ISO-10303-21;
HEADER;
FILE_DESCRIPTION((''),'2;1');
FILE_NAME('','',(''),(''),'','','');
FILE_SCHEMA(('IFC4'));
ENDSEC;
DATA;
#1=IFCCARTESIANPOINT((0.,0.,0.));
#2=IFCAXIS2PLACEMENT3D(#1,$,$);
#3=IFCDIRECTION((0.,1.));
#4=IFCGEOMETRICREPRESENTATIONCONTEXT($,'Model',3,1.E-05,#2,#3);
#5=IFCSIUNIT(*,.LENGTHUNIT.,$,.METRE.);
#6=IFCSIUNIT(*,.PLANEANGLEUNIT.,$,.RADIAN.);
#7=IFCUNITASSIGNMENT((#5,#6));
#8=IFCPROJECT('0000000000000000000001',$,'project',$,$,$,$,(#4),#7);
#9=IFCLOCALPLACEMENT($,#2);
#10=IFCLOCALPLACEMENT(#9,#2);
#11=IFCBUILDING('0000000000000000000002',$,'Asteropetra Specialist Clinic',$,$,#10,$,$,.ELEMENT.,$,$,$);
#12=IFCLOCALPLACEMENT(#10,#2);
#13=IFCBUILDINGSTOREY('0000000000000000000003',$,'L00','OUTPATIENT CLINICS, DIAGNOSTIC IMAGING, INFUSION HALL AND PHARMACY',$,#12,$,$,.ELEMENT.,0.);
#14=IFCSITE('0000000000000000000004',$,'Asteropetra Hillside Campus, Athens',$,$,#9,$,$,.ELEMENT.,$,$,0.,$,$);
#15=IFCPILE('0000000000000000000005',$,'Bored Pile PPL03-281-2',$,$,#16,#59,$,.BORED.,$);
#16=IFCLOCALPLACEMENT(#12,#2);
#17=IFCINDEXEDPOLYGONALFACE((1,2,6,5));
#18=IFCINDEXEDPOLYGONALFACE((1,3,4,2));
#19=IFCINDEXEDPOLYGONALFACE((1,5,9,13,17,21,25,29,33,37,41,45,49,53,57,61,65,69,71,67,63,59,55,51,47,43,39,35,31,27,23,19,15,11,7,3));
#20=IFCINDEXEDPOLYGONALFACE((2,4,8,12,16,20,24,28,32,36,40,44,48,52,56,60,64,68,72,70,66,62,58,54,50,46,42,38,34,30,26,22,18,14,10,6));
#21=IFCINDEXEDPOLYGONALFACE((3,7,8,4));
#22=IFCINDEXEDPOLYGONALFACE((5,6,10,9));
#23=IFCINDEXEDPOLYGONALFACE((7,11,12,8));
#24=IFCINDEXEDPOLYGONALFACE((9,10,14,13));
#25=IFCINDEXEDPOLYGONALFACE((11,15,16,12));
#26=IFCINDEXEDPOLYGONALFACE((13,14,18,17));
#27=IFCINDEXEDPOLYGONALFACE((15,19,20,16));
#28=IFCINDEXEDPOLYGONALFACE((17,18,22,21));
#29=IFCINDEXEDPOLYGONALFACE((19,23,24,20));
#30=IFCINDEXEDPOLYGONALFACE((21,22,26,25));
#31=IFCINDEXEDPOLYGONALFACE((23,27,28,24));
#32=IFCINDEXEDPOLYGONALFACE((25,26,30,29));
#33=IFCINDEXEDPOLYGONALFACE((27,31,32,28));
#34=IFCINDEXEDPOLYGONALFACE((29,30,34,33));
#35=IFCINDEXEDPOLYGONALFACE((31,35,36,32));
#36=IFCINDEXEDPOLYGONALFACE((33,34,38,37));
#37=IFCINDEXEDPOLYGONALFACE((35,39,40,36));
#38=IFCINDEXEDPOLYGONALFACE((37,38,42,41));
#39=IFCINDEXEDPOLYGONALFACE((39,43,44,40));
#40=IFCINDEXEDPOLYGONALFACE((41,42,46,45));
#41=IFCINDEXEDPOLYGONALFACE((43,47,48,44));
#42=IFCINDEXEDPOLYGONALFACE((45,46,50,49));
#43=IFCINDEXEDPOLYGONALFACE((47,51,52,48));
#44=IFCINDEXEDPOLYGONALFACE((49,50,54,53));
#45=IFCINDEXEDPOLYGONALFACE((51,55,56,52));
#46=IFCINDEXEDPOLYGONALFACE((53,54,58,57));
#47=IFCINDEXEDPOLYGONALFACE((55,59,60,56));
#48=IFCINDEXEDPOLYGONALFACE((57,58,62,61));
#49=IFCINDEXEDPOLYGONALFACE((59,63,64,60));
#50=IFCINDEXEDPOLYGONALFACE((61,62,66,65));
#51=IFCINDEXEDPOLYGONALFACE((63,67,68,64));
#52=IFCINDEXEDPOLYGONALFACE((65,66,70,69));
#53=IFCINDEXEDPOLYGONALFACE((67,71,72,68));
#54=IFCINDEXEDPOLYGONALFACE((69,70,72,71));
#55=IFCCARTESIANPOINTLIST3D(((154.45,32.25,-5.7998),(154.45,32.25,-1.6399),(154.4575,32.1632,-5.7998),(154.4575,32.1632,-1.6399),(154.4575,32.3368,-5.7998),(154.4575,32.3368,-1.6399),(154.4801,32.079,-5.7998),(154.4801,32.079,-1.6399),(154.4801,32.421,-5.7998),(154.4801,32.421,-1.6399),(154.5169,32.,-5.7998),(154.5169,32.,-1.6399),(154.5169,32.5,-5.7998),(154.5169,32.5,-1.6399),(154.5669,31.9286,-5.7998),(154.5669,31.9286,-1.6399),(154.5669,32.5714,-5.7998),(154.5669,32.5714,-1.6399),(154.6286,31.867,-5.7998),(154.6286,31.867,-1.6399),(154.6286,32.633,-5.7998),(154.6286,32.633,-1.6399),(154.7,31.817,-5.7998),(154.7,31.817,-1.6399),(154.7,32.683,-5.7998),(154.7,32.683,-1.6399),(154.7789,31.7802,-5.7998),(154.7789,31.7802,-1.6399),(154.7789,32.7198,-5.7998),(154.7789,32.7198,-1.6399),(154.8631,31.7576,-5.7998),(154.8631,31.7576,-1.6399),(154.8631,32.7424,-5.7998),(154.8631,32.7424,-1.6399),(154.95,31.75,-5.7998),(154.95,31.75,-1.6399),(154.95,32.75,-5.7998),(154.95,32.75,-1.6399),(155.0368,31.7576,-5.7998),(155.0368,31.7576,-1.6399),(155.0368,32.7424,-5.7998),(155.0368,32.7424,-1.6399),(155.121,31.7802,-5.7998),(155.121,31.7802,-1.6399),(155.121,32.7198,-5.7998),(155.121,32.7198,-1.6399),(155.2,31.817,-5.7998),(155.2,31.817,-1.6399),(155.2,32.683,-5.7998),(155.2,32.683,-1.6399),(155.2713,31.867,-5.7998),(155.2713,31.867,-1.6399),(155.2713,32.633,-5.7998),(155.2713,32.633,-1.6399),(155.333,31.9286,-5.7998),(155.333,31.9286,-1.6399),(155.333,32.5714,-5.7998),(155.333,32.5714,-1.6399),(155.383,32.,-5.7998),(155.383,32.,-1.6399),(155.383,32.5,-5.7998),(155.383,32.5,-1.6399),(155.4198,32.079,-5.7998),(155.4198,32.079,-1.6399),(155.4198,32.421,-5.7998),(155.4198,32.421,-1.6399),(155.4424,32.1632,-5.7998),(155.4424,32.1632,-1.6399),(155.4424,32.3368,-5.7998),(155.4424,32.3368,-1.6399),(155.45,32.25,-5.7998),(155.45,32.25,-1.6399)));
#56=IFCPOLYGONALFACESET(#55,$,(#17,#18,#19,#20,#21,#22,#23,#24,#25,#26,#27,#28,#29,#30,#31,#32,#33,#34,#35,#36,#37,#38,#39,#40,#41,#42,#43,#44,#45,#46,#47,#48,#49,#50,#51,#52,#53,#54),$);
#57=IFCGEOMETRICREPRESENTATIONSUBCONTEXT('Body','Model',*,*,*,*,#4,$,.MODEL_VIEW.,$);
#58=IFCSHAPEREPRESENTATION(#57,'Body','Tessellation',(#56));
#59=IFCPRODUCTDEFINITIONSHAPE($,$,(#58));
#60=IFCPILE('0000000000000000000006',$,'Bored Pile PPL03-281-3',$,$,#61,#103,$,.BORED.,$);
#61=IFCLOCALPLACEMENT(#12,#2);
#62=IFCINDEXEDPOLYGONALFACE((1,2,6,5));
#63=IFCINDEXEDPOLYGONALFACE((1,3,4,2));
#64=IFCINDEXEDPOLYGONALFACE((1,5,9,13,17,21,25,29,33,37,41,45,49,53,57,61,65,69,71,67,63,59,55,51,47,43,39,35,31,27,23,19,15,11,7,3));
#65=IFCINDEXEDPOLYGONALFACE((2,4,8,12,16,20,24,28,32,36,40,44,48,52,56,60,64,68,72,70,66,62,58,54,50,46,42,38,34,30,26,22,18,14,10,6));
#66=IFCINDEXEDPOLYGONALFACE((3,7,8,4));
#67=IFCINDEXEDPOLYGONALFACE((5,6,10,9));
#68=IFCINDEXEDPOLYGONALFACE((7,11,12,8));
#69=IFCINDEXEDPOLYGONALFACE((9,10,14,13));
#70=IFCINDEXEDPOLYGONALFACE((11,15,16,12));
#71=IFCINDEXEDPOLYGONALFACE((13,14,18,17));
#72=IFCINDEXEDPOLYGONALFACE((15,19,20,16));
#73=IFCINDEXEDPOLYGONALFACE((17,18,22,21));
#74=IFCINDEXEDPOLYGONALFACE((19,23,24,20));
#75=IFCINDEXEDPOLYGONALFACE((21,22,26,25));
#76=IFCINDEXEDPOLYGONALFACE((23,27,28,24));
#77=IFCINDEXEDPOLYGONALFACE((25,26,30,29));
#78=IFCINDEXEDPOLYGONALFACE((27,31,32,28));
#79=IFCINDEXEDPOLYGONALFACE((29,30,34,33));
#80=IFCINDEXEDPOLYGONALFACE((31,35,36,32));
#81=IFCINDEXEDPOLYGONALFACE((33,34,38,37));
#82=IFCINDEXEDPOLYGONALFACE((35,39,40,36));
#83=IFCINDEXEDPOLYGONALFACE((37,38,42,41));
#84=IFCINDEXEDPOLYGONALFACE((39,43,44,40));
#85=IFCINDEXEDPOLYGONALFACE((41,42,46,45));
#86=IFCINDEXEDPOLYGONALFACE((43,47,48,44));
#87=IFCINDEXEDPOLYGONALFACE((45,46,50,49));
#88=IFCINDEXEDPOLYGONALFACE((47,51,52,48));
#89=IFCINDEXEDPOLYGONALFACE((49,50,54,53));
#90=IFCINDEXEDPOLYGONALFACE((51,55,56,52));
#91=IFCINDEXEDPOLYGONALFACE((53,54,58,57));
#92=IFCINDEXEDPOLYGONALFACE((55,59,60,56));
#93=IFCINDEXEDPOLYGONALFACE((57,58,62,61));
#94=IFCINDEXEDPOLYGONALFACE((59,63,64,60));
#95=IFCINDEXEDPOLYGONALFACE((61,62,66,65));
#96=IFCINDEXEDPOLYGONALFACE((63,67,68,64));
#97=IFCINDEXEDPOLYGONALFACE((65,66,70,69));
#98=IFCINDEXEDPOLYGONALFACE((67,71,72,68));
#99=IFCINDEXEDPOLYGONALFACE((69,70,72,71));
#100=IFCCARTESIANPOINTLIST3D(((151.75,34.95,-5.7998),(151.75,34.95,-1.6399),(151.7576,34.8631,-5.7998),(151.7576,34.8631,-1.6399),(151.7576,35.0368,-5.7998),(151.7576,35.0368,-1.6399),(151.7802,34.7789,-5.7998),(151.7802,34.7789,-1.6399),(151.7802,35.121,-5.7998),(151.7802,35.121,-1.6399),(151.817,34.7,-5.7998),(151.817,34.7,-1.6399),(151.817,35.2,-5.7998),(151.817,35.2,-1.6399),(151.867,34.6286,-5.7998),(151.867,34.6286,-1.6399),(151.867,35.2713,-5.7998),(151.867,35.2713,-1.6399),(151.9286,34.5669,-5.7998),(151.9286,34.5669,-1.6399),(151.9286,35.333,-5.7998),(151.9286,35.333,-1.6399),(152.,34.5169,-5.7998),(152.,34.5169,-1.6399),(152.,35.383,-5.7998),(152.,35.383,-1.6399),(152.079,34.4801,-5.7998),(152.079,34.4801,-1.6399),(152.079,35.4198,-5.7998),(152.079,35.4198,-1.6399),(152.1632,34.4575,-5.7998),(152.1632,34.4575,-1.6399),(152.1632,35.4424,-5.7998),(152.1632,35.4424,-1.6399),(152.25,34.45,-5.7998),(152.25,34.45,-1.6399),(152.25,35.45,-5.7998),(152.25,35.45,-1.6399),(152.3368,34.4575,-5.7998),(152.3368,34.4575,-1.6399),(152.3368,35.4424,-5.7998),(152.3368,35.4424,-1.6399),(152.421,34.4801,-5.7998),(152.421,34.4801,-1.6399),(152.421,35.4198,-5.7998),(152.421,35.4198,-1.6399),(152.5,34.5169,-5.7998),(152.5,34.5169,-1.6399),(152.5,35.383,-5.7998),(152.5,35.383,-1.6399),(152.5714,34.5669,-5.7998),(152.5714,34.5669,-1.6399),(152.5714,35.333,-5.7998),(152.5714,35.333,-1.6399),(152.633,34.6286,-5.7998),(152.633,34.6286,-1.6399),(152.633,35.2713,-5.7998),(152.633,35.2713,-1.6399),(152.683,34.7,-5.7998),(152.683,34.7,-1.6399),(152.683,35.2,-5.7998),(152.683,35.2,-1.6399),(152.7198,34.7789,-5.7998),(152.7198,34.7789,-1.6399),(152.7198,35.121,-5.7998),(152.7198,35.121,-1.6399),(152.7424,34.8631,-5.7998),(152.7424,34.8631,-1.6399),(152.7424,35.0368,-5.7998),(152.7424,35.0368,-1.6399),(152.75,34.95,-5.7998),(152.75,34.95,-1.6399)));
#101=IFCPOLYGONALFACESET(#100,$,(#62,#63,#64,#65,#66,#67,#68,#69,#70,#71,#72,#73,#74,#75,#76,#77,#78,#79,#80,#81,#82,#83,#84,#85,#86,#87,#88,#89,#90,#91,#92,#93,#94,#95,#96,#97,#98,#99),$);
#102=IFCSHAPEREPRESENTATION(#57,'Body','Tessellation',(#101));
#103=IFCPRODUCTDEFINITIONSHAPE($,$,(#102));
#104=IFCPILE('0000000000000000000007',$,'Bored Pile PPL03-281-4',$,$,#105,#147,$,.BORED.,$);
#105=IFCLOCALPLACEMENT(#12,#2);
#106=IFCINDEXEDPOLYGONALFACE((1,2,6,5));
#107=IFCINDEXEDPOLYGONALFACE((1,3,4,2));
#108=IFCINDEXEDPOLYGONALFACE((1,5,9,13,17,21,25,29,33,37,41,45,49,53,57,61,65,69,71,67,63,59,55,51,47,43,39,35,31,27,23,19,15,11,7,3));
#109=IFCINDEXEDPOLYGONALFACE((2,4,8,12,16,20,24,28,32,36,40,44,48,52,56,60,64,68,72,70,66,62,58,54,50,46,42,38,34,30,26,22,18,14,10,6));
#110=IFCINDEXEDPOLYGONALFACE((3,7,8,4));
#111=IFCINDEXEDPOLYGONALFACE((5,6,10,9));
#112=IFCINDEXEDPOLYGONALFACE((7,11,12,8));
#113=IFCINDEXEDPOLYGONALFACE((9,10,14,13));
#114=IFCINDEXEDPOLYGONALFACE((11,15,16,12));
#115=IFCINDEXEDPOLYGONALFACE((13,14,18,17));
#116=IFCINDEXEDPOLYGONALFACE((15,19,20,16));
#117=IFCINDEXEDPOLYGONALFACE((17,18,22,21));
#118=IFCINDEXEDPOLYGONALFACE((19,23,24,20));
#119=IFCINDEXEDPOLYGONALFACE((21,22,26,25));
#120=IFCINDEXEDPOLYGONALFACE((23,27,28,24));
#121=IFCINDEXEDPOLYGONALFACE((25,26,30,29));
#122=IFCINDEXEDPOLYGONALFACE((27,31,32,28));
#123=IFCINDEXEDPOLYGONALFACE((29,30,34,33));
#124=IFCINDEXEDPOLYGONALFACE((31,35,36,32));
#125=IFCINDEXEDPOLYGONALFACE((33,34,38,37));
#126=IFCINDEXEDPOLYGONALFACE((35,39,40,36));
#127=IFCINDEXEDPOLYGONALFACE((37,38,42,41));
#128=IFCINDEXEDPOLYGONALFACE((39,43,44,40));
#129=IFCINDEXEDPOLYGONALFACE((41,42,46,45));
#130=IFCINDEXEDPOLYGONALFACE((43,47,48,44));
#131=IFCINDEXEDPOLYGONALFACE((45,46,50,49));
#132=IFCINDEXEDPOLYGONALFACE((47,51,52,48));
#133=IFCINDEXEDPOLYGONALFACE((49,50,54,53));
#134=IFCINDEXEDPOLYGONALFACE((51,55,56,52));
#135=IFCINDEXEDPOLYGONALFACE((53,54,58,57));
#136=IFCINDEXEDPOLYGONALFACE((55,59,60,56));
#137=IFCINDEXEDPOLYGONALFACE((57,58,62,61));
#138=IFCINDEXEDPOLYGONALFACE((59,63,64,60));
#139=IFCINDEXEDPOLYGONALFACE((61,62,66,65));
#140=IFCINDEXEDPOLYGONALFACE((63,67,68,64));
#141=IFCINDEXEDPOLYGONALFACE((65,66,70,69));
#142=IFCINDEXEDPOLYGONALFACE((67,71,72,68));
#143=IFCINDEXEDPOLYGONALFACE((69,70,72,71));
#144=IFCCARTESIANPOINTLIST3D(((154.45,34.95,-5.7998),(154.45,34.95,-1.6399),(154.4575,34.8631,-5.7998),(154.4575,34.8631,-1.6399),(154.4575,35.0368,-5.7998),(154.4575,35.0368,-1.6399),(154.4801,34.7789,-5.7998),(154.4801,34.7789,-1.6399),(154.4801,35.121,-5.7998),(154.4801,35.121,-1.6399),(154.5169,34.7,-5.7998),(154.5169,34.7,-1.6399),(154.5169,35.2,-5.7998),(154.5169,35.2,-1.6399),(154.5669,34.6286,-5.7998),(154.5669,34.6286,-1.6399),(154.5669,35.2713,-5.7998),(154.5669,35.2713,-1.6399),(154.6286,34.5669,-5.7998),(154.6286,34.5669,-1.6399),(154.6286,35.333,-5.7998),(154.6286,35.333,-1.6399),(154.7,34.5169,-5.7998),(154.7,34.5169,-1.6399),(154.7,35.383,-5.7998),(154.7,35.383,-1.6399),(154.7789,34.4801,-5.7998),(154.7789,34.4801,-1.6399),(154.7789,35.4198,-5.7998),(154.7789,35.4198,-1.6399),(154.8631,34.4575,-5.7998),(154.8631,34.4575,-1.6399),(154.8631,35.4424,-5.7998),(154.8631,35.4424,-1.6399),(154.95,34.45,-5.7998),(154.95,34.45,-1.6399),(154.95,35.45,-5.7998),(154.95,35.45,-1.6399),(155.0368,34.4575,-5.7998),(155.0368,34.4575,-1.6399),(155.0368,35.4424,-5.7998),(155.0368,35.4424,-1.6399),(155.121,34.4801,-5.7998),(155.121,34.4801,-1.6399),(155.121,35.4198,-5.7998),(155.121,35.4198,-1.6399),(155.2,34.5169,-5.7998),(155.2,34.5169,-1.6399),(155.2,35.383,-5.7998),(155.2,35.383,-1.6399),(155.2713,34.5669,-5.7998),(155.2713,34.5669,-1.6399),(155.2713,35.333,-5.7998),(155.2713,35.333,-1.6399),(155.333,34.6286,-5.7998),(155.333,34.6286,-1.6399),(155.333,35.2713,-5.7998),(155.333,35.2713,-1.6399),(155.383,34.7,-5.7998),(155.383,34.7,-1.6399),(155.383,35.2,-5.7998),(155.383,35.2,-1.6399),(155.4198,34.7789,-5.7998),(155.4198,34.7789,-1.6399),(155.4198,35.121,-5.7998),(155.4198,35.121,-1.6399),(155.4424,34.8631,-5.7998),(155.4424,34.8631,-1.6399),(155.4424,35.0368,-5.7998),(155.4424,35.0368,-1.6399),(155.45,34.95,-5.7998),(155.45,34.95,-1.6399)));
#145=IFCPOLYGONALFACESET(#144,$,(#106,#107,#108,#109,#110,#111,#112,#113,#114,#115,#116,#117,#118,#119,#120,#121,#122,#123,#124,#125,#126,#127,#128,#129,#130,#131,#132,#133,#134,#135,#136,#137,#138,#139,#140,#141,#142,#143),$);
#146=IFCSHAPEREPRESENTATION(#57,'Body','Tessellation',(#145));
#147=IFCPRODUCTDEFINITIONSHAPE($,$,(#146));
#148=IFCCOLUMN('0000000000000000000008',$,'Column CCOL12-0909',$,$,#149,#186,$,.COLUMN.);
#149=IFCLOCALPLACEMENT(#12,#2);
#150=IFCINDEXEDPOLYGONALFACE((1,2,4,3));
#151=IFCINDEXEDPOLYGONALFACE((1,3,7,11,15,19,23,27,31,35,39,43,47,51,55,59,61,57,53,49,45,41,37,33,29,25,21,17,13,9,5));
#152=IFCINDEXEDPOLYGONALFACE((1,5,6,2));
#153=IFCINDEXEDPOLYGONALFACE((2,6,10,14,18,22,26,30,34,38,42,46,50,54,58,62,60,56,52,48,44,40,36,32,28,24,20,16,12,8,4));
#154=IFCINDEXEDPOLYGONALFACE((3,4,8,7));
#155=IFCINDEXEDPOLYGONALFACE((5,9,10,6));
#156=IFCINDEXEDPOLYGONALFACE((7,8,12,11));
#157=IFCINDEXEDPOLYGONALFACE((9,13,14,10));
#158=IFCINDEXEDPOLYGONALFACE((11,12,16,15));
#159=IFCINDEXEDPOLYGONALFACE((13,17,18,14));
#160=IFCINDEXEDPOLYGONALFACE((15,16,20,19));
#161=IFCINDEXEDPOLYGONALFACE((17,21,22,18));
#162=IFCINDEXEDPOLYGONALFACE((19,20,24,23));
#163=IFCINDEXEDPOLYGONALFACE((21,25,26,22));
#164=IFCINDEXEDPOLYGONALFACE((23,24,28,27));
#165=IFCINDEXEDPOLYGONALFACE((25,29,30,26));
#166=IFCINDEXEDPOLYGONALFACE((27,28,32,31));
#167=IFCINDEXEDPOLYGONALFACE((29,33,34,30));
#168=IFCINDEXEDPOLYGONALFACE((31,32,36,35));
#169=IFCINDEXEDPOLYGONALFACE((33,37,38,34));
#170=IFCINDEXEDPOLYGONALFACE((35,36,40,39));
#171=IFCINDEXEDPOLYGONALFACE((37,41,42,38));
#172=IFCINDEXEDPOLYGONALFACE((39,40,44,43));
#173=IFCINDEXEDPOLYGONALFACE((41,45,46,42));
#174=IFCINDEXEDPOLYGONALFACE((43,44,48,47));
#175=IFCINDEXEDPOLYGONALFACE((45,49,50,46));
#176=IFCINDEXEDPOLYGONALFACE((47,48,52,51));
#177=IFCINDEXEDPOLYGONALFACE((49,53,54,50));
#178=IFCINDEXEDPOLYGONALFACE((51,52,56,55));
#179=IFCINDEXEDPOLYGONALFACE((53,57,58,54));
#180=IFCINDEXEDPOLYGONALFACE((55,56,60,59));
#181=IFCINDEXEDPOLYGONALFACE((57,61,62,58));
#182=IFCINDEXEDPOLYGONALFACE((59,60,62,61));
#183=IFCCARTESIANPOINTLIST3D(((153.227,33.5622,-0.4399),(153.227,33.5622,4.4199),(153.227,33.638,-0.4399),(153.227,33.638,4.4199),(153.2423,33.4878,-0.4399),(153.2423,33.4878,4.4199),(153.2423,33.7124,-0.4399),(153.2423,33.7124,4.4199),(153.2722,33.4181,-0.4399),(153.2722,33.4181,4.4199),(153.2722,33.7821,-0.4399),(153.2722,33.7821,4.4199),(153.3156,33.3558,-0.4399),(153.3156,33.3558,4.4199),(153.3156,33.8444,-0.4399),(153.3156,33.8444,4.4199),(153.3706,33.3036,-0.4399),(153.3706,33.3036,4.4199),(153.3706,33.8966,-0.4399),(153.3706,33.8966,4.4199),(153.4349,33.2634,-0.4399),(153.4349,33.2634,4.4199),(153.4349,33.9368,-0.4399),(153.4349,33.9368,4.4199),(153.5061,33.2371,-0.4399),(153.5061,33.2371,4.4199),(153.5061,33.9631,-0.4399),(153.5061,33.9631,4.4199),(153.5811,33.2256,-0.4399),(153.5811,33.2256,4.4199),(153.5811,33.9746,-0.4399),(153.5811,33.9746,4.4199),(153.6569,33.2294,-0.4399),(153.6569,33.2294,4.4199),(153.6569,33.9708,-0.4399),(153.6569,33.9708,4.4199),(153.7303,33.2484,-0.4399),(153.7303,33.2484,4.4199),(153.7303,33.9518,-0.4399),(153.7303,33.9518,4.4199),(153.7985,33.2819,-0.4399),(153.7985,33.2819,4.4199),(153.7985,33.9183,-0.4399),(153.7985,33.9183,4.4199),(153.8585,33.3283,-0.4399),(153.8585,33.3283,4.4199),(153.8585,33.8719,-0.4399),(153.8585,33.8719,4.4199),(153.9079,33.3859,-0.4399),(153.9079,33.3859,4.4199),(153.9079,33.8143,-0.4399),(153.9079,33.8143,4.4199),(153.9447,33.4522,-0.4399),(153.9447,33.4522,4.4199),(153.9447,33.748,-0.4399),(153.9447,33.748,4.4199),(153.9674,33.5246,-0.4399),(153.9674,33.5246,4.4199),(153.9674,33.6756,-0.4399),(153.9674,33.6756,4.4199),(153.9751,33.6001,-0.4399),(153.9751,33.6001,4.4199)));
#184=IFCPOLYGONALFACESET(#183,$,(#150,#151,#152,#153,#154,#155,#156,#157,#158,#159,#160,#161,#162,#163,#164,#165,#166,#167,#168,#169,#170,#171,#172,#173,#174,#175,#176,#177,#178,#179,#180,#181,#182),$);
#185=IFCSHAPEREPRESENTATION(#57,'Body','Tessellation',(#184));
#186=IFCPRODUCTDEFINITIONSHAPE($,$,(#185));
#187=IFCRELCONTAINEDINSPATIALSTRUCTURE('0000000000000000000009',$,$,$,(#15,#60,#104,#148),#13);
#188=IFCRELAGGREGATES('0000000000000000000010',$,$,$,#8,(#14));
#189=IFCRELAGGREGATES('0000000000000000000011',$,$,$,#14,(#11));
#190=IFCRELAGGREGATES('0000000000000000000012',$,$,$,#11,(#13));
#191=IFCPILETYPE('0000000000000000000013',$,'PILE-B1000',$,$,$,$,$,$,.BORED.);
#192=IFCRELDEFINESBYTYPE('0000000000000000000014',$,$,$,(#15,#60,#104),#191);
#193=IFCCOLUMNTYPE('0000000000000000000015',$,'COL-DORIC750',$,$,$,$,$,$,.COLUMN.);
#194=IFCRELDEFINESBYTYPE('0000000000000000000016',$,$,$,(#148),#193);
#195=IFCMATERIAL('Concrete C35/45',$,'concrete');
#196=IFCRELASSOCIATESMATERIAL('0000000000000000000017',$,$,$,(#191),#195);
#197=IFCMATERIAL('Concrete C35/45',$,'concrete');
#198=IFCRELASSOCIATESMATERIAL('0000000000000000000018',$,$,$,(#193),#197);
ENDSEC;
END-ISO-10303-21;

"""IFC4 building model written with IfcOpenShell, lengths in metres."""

from ifc_helpers import new_model, si_unit, direction, frame, origin, origin_2d, place, context, subcontext, project, spatial, circle, extrude, material, material_profile, profile_set, type_object, element, save


model = new_model("IFC4")

# Units and contexts
model_context = context("Model", 3, precision=1e-05, world=origin(), true_north=direction((0.0, 1.0)))
body_context = subcontext(model_context, "Body", "Model", "MODEL_VIEW")
ifc_project = project(units=[si_unit("LENGTHUNIT", "METRE"), si_unit("PLANEANGLEUNIT", "RADIAN")], contexts=[model_context])

# Site, building, storey
site_placement = place(None, origin())
site = spatial("IfcSite", under=ifc_project, at=site_placement, Name="Asteropetra Hillside Campus, Athens", CompositionType="ELEMENT", RefElevation=0.0)
building_placement = place(site_placement, origin())
building = spatial("IfcBuilding", under=site, at=building_placement, Name="Asteropetra Specialist Clinic", CompositionType="ELEMENT")
storey_placement = place(building_placement, origin())
storey = spatial("IfcBuildingStorey", under=building, at=storey_placement, Name="L00", Description="OUTPATIENT CLINICS, DIAGNOSTIC IMAGING, INFUSION HALL AND PHARMACY", CompositionType="ELEMENT", Elevation=0.0)

# Piles
ifc_material_1 = material(Name="Concrete C35/45", Category="concrete")
ifc_material_profile_1 = material_profile(ifc_material_1, circle(Radius=0.5, at=origin_2d()), Name="PILE D1000")
ifc_profile_set_1 = profile_set([ifc_material_profile_1], Name="Concrete C35/45")
pile_type = type_object("IfcPileType", Name="PILE-B1000", PredefinedType="BORED", material=ifc_profile_set_1)
for number, where, z_axis, x_axis, name in (
    (1, (154.95, 32.25, -1.6399), (0.0, 0.0, -1.0), (1.0, 0.0, 0.0), "Bored Pile PPL03-281-2"),
    (2, (152.25, 34.95, -1.6399), (0.0, 0.0, -1.0), (1.0, 0.0, 0.0), "Bored Pile PPL03-281-3"),
    (3, (154.95, 34.95, -1.6399), (0.0, 0.0, -1.0), (1.0, 0.0, 0.0), "Bored Pile PPL03-281-4"),
):
    element("IfcPile", number, at=place(storey_placement, frame(where, z_axis=z_axis, x_axis=x_axis)), inside=storey, type_object=pile_type, Name=name, PredefinedType="BORED", context=body_context, shape_type="SweptSolid", body=[
        extrude(circle(Radius=0.5, at=origin_2d()), origin(), (0.0, 0.0, 1.0), 4.1599),
    ])

# Column
ifc_material_2 = material(Name="Concrete C35/45", Category="concrete")
ifc_material_profile_2 = material_profile(ifc_material_2, circle(Radius=0.375, at=origin_2d()), Name="RCC D750")
ifc_profile_set_2 = profile_set([ifc_material_profile_2], Name="Concrete C35/45")
column_type = type_object("IfcColumnType", Name="COL-DORIC750", PredefinedType="COLUMN", material=ifc_profile_set_2)
column_placement = place(storey_placement, frame((153.6001, 33.6001, -0.4399), z_axis=(0.0, 0.0, 1.0), x_axis=(1.0, 0.0, 0.0)))
element("IfcColumn", 4, at=column_placement, inside=storey, type_object=column_type, Name="Column CCOL12-0909", PredefinedType="COLUMN", context=body_context, shape_type="SweptSolid", body=[
    extrude(circle(Radius=0.375, at=origin_2d()), origin(), (0.0, 0.0, 1.0), 4.8599),
])

save(model, "model.ifc")
